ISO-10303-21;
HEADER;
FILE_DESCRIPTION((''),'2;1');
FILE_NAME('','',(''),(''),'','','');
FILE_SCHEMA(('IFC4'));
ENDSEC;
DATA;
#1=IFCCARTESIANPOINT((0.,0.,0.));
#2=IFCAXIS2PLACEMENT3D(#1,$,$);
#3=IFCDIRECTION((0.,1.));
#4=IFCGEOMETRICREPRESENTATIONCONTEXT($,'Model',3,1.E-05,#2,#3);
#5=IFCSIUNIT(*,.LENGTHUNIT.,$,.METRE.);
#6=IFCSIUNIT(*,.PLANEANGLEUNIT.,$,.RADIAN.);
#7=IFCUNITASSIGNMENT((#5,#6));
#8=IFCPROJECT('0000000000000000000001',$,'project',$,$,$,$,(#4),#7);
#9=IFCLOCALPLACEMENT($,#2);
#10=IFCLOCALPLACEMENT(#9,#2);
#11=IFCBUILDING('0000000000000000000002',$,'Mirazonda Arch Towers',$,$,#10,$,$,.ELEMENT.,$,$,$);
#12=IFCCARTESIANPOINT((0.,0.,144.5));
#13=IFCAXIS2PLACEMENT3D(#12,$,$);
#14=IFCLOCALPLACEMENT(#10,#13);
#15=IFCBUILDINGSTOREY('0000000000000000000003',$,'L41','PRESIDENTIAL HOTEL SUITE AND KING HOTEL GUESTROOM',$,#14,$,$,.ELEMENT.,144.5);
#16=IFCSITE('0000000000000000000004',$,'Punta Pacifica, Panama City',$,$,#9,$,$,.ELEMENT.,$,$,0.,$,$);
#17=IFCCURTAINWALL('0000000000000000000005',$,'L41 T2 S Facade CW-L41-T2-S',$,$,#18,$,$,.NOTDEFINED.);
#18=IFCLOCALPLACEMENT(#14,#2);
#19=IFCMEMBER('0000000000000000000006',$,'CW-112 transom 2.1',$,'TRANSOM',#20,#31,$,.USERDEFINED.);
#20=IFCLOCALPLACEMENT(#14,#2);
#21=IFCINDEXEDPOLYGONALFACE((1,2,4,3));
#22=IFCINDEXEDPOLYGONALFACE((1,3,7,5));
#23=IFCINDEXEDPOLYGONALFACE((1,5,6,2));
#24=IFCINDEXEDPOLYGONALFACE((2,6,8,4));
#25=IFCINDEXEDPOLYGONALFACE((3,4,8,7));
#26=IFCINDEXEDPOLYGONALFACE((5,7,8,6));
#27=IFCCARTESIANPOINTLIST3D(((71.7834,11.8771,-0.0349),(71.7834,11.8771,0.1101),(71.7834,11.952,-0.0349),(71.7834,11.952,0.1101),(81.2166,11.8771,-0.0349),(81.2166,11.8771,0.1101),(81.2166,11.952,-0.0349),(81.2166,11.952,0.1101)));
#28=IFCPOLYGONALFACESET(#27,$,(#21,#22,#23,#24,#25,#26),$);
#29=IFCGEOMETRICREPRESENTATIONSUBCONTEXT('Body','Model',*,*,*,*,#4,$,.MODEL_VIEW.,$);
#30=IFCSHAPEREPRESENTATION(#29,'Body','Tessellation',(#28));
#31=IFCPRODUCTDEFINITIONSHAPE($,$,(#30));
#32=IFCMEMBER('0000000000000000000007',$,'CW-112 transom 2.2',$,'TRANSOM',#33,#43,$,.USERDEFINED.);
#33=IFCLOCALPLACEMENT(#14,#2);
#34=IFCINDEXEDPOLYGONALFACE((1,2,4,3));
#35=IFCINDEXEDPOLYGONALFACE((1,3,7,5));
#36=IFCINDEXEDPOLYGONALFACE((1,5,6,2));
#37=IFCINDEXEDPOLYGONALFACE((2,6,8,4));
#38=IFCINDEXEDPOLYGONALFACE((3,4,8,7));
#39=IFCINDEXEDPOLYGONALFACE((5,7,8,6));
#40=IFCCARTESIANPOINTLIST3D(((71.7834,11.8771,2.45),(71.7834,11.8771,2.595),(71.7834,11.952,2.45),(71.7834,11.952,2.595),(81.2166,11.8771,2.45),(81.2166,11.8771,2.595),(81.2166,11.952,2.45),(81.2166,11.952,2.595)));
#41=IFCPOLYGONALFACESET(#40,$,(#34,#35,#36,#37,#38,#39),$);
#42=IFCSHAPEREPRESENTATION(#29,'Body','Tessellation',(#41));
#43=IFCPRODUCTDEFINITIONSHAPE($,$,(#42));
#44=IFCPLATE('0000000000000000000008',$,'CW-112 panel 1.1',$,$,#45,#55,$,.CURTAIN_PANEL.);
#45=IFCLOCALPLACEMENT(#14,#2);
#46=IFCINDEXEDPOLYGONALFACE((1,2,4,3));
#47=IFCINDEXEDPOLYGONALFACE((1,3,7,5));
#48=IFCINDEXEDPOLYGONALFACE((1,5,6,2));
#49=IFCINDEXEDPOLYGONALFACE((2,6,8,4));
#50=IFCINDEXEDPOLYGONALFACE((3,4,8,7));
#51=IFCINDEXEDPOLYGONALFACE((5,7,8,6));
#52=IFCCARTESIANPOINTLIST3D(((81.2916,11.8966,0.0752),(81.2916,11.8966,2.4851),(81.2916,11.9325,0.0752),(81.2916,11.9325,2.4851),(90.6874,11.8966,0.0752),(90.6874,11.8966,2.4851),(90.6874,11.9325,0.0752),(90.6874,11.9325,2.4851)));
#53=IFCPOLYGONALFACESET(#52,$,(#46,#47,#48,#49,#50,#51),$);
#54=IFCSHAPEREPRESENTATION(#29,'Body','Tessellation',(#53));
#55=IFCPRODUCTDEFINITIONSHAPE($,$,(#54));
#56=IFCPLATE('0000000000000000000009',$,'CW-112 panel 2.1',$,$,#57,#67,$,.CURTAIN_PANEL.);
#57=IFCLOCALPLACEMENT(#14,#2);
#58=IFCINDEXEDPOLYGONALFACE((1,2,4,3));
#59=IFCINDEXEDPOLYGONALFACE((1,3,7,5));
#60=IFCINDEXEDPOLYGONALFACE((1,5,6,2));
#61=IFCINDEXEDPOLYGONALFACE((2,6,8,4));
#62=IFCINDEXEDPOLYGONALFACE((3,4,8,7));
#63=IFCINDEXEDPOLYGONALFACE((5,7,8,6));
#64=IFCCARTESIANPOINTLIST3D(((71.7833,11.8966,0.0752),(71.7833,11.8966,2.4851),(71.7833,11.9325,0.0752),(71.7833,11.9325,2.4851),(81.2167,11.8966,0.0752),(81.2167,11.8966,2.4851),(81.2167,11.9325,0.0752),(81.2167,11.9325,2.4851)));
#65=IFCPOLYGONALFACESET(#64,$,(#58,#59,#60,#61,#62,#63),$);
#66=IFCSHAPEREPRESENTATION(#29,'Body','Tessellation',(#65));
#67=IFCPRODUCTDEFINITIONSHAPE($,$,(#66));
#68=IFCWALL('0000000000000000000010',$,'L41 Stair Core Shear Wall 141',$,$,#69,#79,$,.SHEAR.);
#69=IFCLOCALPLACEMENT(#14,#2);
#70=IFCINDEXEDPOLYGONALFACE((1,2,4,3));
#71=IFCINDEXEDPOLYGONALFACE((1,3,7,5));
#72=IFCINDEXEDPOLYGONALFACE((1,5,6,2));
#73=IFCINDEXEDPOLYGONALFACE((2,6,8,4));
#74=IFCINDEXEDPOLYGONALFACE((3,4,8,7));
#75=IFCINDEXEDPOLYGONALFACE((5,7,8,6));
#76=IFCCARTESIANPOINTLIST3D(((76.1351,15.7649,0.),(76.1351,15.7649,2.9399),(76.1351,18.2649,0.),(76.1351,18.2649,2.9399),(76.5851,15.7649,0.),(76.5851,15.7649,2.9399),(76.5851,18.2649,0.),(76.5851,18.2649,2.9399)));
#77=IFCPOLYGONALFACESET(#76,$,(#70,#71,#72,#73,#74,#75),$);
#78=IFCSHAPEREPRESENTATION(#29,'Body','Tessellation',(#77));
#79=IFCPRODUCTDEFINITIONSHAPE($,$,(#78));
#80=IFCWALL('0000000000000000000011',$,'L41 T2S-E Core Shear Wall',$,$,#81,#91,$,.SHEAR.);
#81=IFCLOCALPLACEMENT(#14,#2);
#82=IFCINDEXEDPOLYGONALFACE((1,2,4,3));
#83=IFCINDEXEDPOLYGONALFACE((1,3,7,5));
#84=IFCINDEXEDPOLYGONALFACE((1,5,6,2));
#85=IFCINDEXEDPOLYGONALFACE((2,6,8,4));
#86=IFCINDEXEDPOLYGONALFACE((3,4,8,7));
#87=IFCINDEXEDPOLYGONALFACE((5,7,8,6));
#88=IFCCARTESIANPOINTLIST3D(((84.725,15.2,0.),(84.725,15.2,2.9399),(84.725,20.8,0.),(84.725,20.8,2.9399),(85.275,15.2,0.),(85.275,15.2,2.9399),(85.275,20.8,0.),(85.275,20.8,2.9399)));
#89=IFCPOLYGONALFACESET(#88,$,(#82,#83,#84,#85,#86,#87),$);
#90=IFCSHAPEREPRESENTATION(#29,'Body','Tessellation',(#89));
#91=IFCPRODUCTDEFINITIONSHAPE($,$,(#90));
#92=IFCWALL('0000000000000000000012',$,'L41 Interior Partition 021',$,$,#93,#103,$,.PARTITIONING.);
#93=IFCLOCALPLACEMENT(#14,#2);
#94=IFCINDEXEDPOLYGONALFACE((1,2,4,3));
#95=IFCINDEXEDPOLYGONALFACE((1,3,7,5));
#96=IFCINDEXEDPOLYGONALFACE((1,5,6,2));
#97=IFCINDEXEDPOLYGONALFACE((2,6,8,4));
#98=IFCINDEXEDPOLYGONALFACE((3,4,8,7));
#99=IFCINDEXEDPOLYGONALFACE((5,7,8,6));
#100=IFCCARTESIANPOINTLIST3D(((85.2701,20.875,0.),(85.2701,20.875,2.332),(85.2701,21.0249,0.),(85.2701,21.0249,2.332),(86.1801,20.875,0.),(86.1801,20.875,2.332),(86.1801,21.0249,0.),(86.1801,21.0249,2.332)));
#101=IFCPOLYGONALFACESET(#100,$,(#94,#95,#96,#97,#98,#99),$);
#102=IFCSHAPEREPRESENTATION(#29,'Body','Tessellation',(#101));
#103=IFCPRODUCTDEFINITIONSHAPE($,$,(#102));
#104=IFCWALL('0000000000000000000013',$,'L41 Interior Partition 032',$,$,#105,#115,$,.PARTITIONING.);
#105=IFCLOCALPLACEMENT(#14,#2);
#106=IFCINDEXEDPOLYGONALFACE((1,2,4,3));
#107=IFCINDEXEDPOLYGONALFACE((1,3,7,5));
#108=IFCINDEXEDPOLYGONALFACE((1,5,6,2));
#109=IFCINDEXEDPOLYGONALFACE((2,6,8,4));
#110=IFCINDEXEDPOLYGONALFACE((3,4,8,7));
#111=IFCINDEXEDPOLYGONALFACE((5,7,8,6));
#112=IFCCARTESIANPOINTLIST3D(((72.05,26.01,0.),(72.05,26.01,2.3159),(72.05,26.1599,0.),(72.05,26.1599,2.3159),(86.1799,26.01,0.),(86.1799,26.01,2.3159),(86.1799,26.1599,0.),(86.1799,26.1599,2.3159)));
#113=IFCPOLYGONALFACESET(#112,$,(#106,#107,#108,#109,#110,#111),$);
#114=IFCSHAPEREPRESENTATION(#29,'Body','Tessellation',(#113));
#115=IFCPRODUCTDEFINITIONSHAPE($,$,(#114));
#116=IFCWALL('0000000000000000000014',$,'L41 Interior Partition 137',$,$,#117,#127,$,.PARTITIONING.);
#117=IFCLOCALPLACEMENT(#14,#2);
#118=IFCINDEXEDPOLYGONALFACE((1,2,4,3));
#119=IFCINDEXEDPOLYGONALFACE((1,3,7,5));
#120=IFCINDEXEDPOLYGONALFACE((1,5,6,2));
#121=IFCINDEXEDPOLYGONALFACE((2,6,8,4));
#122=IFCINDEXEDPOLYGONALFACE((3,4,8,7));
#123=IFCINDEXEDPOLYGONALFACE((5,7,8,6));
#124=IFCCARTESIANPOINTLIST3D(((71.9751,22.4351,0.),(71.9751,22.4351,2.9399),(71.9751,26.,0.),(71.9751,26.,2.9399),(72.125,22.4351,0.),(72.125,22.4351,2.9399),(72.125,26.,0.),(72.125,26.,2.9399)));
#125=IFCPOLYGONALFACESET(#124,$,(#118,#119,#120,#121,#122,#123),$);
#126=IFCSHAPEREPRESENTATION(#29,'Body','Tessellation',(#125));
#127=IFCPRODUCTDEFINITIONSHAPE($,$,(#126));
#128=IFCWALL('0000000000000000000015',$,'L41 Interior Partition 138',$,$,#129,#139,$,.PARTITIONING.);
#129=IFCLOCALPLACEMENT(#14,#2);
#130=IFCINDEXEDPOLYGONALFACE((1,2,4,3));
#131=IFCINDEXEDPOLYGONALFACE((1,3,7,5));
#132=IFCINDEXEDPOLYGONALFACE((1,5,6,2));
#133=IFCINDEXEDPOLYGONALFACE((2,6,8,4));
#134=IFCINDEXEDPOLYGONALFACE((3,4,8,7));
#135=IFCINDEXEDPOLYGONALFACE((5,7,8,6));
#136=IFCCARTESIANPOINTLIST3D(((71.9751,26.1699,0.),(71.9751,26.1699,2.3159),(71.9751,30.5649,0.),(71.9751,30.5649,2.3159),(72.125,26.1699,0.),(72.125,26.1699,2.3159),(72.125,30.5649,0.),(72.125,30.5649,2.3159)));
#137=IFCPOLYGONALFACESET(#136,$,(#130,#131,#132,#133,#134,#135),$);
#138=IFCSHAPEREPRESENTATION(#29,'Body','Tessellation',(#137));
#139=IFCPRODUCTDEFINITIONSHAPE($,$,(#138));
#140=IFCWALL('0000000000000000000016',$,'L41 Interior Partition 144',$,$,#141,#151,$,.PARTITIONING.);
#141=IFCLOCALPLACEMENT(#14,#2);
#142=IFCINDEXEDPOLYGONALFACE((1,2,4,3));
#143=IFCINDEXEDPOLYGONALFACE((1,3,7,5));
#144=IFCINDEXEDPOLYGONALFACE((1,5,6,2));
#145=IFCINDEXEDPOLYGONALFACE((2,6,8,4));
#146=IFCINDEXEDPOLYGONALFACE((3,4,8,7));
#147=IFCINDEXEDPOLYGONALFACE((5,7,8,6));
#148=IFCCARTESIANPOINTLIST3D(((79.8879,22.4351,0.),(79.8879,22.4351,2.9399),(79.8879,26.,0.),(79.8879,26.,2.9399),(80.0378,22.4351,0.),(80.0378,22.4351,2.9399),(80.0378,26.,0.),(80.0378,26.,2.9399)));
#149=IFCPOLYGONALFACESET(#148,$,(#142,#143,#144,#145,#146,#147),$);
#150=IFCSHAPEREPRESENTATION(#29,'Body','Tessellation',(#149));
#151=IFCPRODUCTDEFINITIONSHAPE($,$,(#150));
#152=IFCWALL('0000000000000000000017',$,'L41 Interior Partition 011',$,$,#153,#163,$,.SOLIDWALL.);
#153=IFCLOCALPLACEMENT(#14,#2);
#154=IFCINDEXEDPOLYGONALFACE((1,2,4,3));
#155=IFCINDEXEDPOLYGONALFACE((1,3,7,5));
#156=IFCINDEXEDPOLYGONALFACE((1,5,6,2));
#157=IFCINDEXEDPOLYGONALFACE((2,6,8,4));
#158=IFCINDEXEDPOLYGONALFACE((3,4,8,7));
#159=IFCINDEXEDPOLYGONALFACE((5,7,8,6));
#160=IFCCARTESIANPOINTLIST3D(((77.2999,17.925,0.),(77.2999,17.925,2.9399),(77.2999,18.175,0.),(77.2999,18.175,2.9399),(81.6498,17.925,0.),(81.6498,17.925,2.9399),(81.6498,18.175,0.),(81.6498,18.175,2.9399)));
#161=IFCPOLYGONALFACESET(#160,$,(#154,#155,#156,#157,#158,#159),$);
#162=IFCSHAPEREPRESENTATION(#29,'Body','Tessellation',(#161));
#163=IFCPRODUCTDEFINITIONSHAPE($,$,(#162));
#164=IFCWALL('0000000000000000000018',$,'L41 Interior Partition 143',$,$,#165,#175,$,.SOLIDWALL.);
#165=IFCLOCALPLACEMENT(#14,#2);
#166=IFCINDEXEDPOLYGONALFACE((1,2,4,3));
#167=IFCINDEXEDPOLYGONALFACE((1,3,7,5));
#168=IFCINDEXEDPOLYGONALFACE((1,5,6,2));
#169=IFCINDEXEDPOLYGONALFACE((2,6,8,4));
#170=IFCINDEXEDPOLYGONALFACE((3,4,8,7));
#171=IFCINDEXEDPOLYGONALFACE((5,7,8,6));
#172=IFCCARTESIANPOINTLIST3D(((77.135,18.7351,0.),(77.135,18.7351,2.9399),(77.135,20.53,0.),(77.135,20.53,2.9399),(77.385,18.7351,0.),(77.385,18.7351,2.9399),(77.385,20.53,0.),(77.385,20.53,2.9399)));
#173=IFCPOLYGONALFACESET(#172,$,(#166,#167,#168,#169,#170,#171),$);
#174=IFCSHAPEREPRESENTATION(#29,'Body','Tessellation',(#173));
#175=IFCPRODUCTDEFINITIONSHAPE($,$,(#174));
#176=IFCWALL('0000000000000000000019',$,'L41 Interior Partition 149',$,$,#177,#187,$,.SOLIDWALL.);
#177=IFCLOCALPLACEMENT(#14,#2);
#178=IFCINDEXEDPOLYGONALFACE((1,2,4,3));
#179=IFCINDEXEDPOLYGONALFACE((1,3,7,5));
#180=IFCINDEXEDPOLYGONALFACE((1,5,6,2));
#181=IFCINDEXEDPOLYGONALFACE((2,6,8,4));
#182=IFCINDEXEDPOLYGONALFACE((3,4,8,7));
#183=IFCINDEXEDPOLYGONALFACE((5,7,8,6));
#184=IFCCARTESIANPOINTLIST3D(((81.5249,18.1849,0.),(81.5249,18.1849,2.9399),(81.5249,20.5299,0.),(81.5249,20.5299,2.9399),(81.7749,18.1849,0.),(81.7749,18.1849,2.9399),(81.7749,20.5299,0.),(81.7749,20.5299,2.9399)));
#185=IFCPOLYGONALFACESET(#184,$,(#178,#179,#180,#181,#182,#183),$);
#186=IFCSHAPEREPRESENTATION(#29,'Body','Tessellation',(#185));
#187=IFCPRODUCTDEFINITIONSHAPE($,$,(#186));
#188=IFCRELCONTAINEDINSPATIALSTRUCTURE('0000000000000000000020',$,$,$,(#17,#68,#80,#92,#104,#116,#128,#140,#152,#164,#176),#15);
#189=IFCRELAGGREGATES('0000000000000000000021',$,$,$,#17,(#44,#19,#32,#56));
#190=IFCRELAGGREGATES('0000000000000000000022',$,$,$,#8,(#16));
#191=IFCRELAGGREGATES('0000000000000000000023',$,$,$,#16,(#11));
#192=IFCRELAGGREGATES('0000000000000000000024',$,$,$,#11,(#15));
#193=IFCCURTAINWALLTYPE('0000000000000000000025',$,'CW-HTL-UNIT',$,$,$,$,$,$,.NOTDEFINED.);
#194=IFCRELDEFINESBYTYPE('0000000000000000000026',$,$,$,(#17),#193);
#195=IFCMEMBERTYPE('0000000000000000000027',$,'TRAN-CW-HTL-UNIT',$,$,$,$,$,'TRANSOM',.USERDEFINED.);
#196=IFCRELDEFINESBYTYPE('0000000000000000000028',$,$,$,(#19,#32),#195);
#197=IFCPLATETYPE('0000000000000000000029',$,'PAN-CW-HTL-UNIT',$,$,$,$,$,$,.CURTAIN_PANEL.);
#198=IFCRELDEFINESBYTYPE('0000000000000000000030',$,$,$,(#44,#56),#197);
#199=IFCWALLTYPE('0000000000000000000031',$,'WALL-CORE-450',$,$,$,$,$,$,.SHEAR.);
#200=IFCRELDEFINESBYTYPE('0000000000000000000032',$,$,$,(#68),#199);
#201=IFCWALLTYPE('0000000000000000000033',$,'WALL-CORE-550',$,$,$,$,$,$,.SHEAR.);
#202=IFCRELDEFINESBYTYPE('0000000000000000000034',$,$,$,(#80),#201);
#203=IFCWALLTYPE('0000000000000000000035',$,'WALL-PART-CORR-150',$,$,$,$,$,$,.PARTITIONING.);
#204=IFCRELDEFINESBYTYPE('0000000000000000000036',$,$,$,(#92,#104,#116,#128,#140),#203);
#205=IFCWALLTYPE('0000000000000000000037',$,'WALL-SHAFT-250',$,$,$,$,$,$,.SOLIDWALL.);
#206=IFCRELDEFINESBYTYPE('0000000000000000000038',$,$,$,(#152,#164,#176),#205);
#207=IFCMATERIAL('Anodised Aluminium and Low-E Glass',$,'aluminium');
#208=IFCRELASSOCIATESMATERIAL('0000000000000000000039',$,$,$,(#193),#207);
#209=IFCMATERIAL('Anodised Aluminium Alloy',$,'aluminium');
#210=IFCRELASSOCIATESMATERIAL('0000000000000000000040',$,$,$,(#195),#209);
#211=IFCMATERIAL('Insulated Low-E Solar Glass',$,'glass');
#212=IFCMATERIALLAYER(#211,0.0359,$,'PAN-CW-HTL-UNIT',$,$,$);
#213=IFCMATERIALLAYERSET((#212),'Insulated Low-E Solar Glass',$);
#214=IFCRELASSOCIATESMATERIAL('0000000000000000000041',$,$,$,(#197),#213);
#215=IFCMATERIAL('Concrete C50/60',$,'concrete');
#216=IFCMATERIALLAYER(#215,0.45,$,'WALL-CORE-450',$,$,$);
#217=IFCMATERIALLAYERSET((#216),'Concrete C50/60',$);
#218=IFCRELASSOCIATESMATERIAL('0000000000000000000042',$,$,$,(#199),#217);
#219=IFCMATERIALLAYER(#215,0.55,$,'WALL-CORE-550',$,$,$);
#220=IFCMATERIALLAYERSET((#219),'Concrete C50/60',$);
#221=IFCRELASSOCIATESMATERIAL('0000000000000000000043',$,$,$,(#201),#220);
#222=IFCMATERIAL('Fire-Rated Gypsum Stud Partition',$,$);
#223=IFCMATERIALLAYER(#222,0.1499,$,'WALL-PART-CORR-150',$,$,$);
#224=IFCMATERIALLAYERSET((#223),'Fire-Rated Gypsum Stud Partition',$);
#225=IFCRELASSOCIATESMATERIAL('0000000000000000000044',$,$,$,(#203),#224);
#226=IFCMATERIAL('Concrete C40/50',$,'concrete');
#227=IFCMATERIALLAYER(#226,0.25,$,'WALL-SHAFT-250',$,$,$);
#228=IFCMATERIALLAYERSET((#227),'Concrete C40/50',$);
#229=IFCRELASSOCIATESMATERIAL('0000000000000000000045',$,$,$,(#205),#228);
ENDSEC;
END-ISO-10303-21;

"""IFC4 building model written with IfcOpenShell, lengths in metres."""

from ifc_helpers import new_model, si_unit, direction, frame, frame_2d, origin, origin_2d, place, context, subcontext, project, spatial, rectangle, extrude, material, layer, layer_set, material_profile, profile_set, type_object, element, aggregate, save


model = new_model("IFC4")

# Units and contexts
model_context = context("Model", 3, precision=1e-05, world=origin(), true_north=direction((0.0, 1.0)))
body_context = subcontext(model_context, "Body", "Model", "MODEL_VIEW")
ifc_project = project(units=[si_unit("LENGTHUNIT", "METRE"), si_unit("PLANEANGLEUNIT", "RADIAN")], contexts=[model_context])

# Site, building, storey
site_placement = place(None, origin())
site = spatial("IfcSite", under=ifc_project, at=site_placement, Name="Punta Pacifica, Panama City", CompositionType="ELEMENT", RefElevation=0.0)
building_placement = place(site_placement, origin())
building = spatial("IfcBuilding", under=site, at=building_placement, Name="Mirazonda Arch Towers", CompositionType="ELEMENT")
storey_placement = place(building_placement, frame((0.0, 0.0, 144.5)))
storey = spatial("IfcBuildingStorey", under=building, at=storey_placement, Name="L41", Description="PRESIDENTIAL HOTEL SUITE AND KING HOTEL GUESTROOM", CompositionType="ELEMENT", Elevation=144.5)

# Shared definitions
ifc_material_1 = material(Name="Concrete C50/60", Category="concrete")

# Curtain wall, members, plates
ifc_material_2 = material(Name="Anodised Aluminium and Low-E Glass", Category="aluminium")
curtain_wall_type = type_object("IfcCurtainWallType", Name="CW-HTL-UNIT", PredefinedType="NOTDEFINED", material=ifc_material_2)
curtain_wall_placement = place(storey_placement, origin())
curtain_wall = element("IfcCurtainWall", 1, at=curtain_wall_placement, inside=storey, type_object=curtain_wall_type, Name="L41 T2 S Facade CW-L41-T2-S", PredefinedType="NOTDEFINED")
ifc_material_3 = material(Name="Anodised Aluminium Alloy", Category="aluminium")
ifc_material_profile_1 = material_profile(ifc_material_3, rectangle(XDim=0.075, YDim=0.145, at=origin_2d()), Name="ALU-TRAN-75x145")
ifc_profile_set_1 = profile_set([ifc_material_profile_1], Name="Anodised Aluminium Alloy")
member_type_1 = type_object("IfcMemberType", Name="TRAN-CW-HTL-UNIT", ElementType="TRANSOM", PredefinedType="USERDEFINED", material=ifc_profile_set_1)
member_1_placement = place(storey_placement, frame((81.2166, 11.9146, 0.0376), z_axis=(-1.0, 0.0, 0.0), x_axis=(0.0, -1.0, 0.0)))
member_1 = element("IfcMember", 2, at=member_1_placement, type_object=member_type_1, Name="CW-112 transom 2.1", ObjectType="TRANSOM", PredefinedType="USERDEFINED", context=body_context, shape_type="SweptSolid", body=[
    extrude(rectangle(XDim=0.075, YDim=0.145, at=origin_2d()), origin(), (0.0, 0.0, 1.0), 9.4331),
])
member_2_placement = place(storey_placement, frame((81.2166, 11.9146, 2.5225), z_axis=(-1.0, 0.0, 0.0), x_axis=(0.0, -1.0, 0.0)))
member_2 = element("IfcMember", 3, at=member_2_placement, type_object=member_type_1, Name="CW-112 transom 2.2", ObjectType="TRANSOM", PredefinedType="USERDEFINED", context=body_context, shape_type="SweptSolid", body=[
    extrude(rectangle(XDim=0.075, YDim=0.145, at=origin_2d()), origin(), (0.0, 0.0, 1.0), 9.4331),
])
ifc_material_4 = material(Name="Insulated Low-E Solar Glass", Category="glass")
ifc_layer_1 = layer(ifc_material_4, 0.0359, Name="PAN-CW-HTL-UNIT")
ifc_layer_set_1 = layer_set([ifc_layer_1], Name="Insulated Low-E Solar Glass")
plate_type = type_object("IfcPlateType", Name="PAN-CW-HTL-UNIT", PredefinedType="CURTAIN_PANEL", material=ifc_layer_set_1)
plate_1_placement = place(storey_placement, frame((85.9895, 11.9146, 0.0752), z_axis=(0.0, 0.0, 1.0), x_axis=(-1.0, 0.0, 0.0)))
plate_1 = element("IfcPlate", 4, at=plate_1_placement, type_object=plate_type, Name="CW-112 panel 1.1", PredefinedType="CURTAIN_PANEL", context=body_context, shape_type="SweptSolid", body=[
    extrude(rectangle(XDim=9.3958, YDim=0.0359, at=origin_2d()), origin(), (0.0, 0.0, 1.0), 2.4099),
])
plate_2_placement = place(storey_placement, frame((76.5, 11.9146, 0.0752), z_axis=(0.0, 0.0, 1.0), x_axis=(-1.0, 0.0, 0.0)))
plate_2 = element("IfcPlate", 5, at=plate_2_placement, type_object=plate_type, Name="CW-112 panel 2.1", PredefinedType="CURTAIN_PANEL", context=body_context, shape_type="SweptSolid", body=[
    extrude(rectangle(XDim=9.4333, YDim=0.0359, at=origin_2d()), origin(), (0.0, 0.0, 1.0), 2.4099),
])
aggregate(curtain_wall, [plate_1, member_1, member_2, plate_2])

# Walls
ifc_layer_2 = layer(ifc_material_1, 0.45, Name="WALL-CORE-450")
ifc_layer_set_2 = layer_set([ifc_layer_2], Name="Concrete C50/60")
wall_type_1 = type_object("IfcWallType", Name="WALL-CORE-450", PredefinedType="SHEAR", material=ifc_layer_set_2)
wall_1_placement = place(storey_placement, frame((76.3601, 15.7649, 0.0), z_axis=(0.0, 0.0, 1.0), x_axis=(0.0, 1.0, 0.0)))
element("IfcWall", 6, at=wall_1_placement, inside=storey, type_object=wall_type_1, Name="L41 Stair Core Shear Wall 141", PredefinedType="SHEAR", context=body_context, shape_type="SweptSolid", body=[
    extrude(rectangle(XDim=2.5, YDim=0.45, at=frame_2d((1.25, 0.0))), origin(), (0.0, 0.0, 1.0), 2.9399),
])
ifc_layer_3 = layer(ifc_material_1, 0.55, Name="WALL-CORE-550")
ifc_layer_set_3 = layer_set([ifc_layer_3], Name="Concrete C50/60")
wall_type_2 = type_object("IfcWallType", Name="WALL-CORE-550", PredefinedType="SHEAR", material=ifc_layer_set_3)
wall_2_placement = place(storey_placement, frame((85.0, 15.2, 0.0), z_axis=(0.0, 0.0, 1.0), x_axis=(0.0, 1.0, 0.0)))
element("IfcWall", 7, at=wall_2_placement, inside=storey, type_object=wall_type_2, Name="L41 T2S-E Core Shear Wall", PredefinedType="SHEAR", context=body_context, shape_type="SweptSolid", body=[
    extrude(rectangle(XDim=5.6001, YDim=0.55, at=frame_2d((2.8, 0.0))), origin(), (0.0, 0.0, 1.0), 2.9399),
])
ifc_material_5 = material(Name="Fire-Rated Gypsum Stud Partition")
ifc_layer_4 = layer(ifc_material_5, 0.1499, Name="WALL-PART-CORR-150")
ifc_layer_set_4 = layer_set([ifc_layer_4], Name="Fire-Rated Gypsum Stud Partition")
wall_type_3 = type_object("IfcWallType", Name="WALL-PART-CORR-150", PredefinedType="PARTITIONING", material=ifc_layer_set_4)
wall_3_placement = place(storey_placement, frame((85.27, 20.95, 0.0), z_axis=(0.0, 0.0, 1.0), x_axis=(1.0, 0.0, 0.0)))
element("IfcWall", 8, at=wall_3_placement, inside=storey, type_object=wall_type_3, Name="L41 Interior Partition 021", PredefinedType="PARTITIONING", context=body_context, shape_type="SweptSolid", body=[
    extrude(rectangle(XDim=0.9099, YDim=0.1499, at=frame_2d((0.4551, 0.0))), origin(), (0.0, 0.0, 1.0), 2.332),
])
wall_4_placement = place(storey_placement, frame((72.05, 26.085, 0.0), z_axis=(0.0, 0.0, 1.0), x_axis=(1.0, 0.0, 0.0)))
element("IfcWall", 9, at=wall_4_placement, inside=storey, type_object=wall_type_3, Name="L41 Interior Partition 032", PredefinedType="PARTITIONING", context=body_context, shape_type="SweptSolid", body=[
    extrude(rectangle(XDim=14.1299, YDim=0.1499, at=frame_2d((7.0649, 0.0))), origin(), (0.0, 0.0, 1.0), 2.3159),
])
wall_5_placement = place(storey_placement, frame((72.05, 22.4351, 0.0), z_axis=(0.0, 0.0, 1.0), x_axis=(0.0, 1.0, 0.0)))
element("IfcWall", 10, at=wall_5_placement, inside=storey, type_object=wall_type_3, Name="L41 Interior Partition 137", PredefinedType="PARTITIONING", context=body_context, shape_type="SweptSolid", body=[
    extrude(rectangle(XDim=3.5649, YDim=0.1499, at=frame_2d((1.7825, 0.0))), origin(), (0.0, 0.0, 1.0), 2.9399),
])
wall_6_placement = place(storey_placement, frame((72.05, 26.1699, 0.0), z_axis=(0.0, 0.0, 1.0), x_axis=(0.0, 1.0, 0.0)))
element("IfcWall", 11, at=wall_6_placement, inside=storey, type_object=wall_type_3, Name="L41 Interior Partition 138", PredefinedType="PARTITIONING", context=body_context, shape_type="SweptSolid", body=[
    extrude(rectangle(XDim=4.395, YDim=0.1499, at=frame_2d((2.1975, 0.0))), origin(), (0.0, 0.0, 1.0), 2.3159),
])
wall_7_placement = place(storey_placement, frame((79.9629, 22.4351, 0.0), z_axis=(0.0, 0.0, 1.0), x_axis=(0.0, 1.0, 0.0)))
element("IfcWall", 12, at=wall_7_placement, inside=storey, type_object=wall_type_3, Name="L41 Interior Partition 144", PredefinedType="PARTITIONING", context=body_context, shape_type="SweptSolid", body=[
    extrude(rectangle(XDim=3.5649, YDim=0.1499, at=frame_2d((1.7825, 0.0))), origin(), (0.0, 0.0, 1.0), 2.9399),
])
ifc_material_6 = material(Name="Concrete C40/50", Category="concrete")
ifc_layer_5 = layer(ifc_material_6, 0.25, Name="WALL-SHAFT-250")
ifc_layer_set_5 = layer_set([ifc_layer_5], Name="Concrete C40/50")
wall_type_4 = type_object("IfcWallType", Name="WALL-SHAFT-250", PredefinedType="SOLIDWALL", material=ifc_layer_set_5)
wall_8_placement = place(storey_placement, frame((77.3, 18.05, 0.0), z_axis=(0.0, 0.0, 1.0), x_axis=(1.0, 0.0, 0.0)))
element("IfcWall", 13, at=wall_8_placement, inside=storey, type_object=wall_type_4, Name="L41 Interior Partition 011", PredefinedType="SOLIDWALL", context=body_context, shape_type="SweptSolid", body=[
    extrude(rectangle(XDim=4.3499, YDim=0.25, at=frame_2d((2.1748, 0.0))), origin(), (0.0, 0.0, 1.0), 2.9399),
])
wall_9_placement = place(storey_placement, frame((77.26, 18.7351, 0.0), z_axis=(0.0, 0.0, 1.0), x_axis=(0.0, 1.0, 0.0)))
element("IfcWall", 14, at=wall_9_placement, inside=storey, type_object=wall_type_4, Name="L41 Interior Partition 143", PredefinedType="SOLIDWALL", context=body_context, shape_type="SweptSolid", body=[
    extrude(rectangle(XDim=1.7949, YDim=0.25, at=frame_2d((0.8975, 0.0))), origin(), (0.0, 0.0, 1.0), 2.9399),
])
wall_10_placement = place(storey_placement, frame((81.6499, 18.1851, 0.0), z_axis=(0.0, 0.0, 1.0), x_axis=(0.0, 1.0, 0.0)))
element("IfcWall", 15, at=wall_10_placement, inside=storey, type_object=wall_type_4, Name="L41 Interior Partition 149", PredefinedType="SOLIDWALL", context=body_context, shape_type="SweptSolid", body=[
    extrude(rectangle(XDim=2.345, YDim=0.25, at=frame_2d((1.1724, 0.0))), origin(), (0.0, 0.0, 1.0), 2.9399),
])

save(model, "model.ifc")
